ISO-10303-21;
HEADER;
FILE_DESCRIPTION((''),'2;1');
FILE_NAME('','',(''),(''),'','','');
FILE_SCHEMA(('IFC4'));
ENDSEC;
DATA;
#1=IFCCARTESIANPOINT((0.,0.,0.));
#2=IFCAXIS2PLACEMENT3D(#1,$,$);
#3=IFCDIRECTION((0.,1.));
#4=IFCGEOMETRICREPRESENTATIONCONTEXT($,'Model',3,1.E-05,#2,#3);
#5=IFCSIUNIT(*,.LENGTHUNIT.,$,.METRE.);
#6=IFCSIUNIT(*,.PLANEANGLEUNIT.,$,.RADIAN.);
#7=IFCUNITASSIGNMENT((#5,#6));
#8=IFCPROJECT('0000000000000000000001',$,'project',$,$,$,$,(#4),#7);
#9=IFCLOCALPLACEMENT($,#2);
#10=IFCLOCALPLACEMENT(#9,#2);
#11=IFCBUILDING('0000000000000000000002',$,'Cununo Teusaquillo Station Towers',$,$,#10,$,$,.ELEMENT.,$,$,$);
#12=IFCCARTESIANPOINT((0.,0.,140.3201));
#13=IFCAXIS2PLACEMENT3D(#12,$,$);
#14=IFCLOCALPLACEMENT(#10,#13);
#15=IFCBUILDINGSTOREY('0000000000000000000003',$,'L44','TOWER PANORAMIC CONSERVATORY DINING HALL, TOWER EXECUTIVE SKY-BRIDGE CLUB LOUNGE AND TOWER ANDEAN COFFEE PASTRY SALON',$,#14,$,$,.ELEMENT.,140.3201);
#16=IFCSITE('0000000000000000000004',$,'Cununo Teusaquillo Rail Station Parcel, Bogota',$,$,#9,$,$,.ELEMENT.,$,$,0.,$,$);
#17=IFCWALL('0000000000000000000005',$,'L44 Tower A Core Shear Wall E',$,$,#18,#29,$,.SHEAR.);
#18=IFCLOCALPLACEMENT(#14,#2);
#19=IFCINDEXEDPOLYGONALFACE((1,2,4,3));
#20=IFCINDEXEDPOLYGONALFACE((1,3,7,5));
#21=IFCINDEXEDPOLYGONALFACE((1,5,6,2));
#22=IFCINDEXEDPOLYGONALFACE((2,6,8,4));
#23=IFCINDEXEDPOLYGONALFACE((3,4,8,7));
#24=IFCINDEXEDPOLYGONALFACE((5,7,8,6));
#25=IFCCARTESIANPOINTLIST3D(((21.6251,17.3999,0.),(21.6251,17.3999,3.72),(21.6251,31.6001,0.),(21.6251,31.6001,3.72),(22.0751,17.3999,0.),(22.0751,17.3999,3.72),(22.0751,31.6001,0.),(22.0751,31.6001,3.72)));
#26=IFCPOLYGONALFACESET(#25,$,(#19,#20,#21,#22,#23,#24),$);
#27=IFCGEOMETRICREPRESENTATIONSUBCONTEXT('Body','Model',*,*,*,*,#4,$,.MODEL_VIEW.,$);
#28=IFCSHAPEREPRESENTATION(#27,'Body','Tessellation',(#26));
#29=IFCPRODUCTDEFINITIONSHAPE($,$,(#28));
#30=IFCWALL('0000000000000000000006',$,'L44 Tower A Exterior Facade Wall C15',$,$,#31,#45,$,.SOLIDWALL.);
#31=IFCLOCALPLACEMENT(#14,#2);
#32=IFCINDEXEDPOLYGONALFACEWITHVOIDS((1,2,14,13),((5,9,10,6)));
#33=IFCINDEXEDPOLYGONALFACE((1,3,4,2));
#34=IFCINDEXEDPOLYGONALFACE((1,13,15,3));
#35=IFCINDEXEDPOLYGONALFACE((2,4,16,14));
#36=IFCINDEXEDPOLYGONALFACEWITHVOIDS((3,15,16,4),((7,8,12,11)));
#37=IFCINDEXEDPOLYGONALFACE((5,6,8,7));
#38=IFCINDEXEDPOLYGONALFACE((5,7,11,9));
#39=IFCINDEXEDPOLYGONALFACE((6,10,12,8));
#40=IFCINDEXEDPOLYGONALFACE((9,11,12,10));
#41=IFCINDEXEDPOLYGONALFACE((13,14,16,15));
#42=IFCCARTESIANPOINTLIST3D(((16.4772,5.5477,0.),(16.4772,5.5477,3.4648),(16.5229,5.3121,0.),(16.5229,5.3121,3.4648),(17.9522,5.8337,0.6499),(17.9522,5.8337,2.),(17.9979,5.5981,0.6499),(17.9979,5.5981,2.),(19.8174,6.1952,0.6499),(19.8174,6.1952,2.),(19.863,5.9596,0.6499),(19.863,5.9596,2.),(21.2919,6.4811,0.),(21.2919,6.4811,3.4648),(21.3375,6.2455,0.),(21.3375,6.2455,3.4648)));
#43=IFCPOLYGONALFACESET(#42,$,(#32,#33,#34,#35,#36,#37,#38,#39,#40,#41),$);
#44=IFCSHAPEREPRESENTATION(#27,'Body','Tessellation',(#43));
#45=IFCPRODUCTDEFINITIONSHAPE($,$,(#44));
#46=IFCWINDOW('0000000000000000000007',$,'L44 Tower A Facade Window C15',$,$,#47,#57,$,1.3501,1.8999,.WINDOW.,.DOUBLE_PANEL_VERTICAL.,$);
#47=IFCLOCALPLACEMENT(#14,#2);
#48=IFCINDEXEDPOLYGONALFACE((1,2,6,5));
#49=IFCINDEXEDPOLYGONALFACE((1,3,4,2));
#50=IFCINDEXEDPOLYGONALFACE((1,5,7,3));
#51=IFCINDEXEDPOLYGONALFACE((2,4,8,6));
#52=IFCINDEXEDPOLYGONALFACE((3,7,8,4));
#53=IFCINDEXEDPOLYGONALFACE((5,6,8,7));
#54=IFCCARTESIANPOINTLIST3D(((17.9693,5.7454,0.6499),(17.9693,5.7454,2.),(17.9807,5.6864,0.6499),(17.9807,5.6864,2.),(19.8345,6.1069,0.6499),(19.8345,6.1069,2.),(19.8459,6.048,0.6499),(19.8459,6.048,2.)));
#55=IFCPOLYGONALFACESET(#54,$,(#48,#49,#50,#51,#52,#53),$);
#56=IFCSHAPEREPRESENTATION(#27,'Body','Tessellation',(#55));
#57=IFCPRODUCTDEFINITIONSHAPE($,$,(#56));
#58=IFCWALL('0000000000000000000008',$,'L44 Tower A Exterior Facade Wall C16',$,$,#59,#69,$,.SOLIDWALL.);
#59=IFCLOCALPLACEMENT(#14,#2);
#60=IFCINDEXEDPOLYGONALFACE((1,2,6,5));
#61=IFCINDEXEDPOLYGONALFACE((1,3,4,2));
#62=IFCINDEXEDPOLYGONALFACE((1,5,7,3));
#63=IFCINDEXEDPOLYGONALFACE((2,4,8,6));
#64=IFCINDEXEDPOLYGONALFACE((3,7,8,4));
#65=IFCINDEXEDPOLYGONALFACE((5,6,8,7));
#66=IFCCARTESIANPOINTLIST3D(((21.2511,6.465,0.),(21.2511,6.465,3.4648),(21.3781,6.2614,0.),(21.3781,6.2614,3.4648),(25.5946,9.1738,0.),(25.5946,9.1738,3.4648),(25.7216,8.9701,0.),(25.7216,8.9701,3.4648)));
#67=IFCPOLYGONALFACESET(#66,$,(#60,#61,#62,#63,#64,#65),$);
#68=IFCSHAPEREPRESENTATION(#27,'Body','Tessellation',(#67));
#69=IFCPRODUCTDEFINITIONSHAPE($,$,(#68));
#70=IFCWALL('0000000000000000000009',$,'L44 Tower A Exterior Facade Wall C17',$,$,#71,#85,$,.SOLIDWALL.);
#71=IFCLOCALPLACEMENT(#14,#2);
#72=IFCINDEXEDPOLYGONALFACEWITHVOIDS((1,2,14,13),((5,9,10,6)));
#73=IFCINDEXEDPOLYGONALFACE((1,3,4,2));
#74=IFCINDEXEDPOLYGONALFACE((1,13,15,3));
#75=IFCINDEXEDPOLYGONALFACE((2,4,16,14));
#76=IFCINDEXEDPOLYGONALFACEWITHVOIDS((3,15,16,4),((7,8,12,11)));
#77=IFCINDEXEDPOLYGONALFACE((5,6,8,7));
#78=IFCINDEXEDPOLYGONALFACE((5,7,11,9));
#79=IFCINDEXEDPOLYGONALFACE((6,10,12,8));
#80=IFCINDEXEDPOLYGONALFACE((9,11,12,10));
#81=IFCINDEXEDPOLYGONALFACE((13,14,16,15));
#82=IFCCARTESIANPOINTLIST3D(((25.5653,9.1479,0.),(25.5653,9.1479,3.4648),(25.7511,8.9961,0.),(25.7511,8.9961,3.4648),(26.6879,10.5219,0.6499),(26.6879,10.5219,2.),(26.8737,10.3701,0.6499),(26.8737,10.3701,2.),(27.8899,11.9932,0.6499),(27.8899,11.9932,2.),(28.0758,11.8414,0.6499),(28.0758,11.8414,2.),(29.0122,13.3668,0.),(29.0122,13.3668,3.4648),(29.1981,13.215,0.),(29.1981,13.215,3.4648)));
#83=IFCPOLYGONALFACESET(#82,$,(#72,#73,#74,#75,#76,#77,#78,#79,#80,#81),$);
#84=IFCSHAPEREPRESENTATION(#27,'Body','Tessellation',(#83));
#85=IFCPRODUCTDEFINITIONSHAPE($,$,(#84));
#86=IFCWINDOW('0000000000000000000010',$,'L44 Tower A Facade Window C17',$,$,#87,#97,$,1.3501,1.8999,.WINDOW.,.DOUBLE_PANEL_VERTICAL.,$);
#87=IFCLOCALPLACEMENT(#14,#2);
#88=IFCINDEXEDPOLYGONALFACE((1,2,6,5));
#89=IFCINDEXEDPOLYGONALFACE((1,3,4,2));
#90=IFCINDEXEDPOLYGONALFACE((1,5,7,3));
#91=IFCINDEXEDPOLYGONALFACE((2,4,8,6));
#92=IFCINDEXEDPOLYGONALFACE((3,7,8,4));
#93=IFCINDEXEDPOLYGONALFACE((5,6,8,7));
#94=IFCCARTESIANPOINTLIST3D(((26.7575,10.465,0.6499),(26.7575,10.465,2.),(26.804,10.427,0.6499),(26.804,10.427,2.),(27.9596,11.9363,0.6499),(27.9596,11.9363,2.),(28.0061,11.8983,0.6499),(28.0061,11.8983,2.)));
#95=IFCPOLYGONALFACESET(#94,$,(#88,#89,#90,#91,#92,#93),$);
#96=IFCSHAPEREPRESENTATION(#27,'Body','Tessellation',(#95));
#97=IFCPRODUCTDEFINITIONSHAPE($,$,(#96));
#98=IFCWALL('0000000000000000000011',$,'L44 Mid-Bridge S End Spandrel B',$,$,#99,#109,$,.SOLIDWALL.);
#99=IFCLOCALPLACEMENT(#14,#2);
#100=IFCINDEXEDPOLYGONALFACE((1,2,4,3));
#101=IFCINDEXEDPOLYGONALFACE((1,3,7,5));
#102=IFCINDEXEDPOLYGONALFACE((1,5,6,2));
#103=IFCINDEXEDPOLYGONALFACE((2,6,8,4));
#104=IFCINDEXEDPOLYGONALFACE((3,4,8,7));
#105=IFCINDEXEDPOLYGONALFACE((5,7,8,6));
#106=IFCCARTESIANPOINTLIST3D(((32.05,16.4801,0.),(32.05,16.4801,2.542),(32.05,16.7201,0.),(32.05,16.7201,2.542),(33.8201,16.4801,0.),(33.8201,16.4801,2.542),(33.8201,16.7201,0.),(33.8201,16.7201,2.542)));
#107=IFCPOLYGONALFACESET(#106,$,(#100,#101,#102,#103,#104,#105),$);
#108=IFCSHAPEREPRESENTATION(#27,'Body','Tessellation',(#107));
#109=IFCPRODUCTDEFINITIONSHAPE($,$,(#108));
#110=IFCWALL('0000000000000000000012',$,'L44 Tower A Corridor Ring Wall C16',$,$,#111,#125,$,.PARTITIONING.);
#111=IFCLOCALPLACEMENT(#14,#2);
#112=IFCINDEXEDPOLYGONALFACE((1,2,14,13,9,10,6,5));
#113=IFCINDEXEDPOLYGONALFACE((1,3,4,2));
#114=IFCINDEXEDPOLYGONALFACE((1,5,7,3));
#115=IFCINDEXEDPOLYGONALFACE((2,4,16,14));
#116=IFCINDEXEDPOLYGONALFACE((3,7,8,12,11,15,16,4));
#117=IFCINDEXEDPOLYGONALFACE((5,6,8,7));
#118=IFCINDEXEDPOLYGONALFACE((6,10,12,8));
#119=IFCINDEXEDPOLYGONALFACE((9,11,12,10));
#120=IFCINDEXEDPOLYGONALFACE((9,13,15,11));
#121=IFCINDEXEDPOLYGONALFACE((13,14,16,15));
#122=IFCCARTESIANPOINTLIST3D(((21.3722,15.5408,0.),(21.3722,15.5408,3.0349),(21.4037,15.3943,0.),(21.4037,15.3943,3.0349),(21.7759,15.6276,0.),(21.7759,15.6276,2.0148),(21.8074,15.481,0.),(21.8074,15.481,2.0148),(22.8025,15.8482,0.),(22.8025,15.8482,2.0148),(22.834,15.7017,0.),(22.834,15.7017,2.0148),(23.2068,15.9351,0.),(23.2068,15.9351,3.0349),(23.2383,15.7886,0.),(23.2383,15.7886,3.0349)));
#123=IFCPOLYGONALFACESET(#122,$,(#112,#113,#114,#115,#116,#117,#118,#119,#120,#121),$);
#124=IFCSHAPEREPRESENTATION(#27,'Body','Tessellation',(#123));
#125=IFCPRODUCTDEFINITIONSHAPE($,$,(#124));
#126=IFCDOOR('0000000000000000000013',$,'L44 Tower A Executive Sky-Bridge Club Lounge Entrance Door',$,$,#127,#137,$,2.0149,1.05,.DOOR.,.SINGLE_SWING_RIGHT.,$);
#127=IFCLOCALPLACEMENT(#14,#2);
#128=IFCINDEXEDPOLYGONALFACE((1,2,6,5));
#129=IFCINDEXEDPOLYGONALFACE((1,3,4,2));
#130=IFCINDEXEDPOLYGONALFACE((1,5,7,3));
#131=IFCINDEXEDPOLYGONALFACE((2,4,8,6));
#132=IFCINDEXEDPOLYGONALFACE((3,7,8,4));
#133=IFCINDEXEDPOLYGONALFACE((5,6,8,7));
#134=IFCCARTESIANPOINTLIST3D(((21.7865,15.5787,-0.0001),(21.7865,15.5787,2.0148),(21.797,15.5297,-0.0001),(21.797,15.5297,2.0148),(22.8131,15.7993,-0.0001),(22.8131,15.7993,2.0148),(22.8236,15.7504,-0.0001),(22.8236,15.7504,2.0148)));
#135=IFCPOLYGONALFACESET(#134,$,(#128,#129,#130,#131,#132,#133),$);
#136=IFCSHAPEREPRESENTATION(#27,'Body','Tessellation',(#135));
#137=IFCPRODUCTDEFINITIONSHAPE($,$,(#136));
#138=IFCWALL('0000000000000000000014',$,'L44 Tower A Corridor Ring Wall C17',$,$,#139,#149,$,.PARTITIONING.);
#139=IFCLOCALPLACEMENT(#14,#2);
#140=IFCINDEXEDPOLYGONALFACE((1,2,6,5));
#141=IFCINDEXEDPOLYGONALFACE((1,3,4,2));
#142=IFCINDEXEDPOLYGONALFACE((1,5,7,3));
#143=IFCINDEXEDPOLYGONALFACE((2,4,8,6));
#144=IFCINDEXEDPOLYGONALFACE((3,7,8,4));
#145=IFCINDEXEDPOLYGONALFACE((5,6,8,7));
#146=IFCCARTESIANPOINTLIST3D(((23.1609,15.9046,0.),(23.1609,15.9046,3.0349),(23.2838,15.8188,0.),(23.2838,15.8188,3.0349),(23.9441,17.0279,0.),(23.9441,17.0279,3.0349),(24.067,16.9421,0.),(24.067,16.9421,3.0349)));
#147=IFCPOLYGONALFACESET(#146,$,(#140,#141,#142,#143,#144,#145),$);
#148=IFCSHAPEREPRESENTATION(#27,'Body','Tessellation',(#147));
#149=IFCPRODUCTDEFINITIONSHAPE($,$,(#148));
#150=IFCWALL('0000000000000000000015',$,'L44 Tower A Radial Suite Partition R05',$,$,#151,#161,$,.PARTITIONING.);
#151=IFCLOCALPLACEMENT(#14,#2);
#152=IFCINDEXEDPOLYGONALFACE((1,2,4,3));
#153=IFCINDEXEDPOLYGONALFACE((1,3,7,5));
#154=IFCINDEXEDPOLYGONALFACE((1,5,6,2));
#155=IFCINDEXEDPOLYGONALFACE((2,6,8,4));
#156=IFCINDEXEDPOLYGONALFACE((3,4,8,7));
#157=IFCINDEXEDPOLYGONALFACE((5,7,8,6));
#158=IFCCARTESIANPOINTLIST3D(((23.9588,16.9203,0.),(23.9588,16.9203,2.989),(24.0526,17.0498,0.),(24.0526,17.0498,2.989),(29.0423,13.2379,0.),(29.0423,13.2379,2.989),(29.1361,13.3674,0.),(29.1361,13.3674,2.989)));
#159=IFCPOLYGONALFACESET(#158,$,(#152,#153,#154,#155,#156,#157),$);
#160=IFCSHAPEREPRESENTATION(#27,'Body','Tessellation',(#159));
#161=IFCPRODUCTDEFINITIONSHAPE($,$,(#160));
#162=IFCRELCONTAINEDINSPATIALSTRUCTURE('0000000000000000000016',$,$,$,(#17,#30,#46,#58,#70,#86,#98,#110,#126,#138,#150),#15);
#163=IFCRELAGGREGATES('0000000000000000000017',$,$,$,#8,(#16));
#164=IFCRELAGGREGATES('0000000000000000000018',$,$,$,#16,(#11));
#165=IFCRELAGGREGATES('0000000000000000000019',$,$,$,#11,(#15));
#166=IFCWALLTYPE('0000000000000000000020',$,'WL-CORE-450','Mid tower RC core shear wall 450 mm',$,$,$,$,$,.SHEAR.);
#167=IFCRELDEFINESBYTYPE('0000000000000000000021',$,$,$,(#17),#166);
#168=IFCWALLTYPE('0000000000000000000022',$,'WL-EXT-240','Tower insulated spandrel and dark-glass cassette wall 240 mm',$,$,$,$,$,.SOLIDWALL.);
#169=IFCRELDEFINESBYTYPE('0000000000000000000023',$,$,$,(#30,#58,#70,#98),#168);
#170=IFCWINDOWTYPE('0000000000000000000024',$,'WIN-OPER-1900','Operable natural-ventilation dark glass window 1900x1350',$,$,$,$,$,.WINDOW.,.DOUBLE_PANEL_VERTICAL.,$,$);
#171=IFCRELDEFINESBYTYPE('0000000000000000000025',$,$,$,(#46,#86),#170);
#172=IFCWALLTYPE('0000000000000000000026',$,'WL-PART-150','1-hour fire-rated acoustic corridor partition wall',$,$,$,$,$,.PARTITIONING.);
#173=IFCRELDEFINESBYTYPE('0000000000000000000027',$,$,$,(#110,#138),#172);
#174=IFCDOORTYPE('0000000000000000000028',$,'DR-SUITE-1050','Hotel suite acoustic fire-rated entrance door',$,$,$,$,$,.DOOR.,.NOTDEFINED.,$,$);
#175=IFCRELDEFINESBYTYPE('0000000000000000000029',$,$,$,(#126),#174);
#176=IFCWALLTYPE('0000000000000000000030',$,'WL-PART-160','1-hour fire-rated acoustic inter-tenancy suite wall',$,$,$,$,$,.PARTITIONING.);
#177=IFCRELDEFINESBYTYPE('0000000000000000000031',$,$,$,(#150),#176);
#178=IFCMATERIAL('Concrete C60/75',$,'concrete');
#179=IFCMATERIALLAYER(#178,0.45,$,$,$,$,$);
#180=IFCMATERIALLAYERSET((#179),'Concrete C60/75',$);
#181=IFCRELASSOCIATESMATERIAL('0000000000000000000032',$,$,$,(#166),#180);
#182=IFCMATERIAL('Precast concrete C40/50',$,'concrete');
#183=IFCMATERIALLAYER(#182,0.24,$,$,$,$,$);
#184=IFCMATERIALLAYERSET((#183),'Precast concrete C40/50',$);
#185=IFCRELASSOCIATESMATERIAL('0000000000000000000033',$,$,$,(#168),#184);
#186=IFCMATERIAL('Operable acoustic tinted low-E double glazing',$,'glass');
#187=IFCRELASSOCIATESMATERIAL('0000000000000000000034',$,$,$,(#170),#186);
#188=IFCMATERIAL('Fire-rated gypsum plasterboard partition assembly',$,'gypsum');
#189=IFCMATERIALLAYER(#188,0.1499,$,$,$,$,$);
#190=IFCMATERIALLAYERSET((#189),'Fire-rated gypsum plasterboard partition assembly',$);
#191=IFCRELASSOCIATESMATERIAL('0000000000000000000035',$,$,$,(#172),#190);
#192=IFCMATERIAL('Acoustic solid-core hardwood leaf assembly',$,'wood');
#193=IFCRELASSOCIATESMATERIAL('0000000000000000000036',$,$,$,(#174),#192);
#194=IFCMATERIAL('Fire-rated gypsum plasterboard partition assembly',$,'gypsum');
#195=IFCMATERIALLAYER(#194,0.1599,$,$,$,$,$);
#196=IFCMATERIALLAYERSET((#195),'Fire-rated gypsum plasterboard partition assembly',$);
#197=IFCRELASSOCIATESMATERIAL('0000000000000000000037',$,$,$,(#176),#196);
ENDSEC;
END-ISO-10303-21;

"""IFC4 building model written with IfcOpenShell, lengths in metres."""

from ifc_helpers import new_model, si_unit, direction, frame, frame_2d, origin, place, context, subcontext, project, spatial, rectangle, extrude, source, transform, mapped, material, layer, layer_set, type_object, element, fill, save


model = new_model("IFC4")

# Units and contexts
model_context = context("Model", 3, precision=1e-05, world=origin(), true_north=direction((0.0, 1.0)))
body_context = subcontext(model_context, "Body", "Model", "MODEL_VIEW")
ifc_project = project(units=[si_unit("LENGTHUNIT", "METRE"), si_unit("PLANEANGLEUNIT", "RADIAN")], contexts=[model_context])

# Site, building, storey
site_placement = place(None, origin())
site = spatial("IfcSite", under=ifc_project, at=site_placement, Name="Cununo Teusaquillo Rail Station Parcel, Bogota", CompositionType="ELEMENT", RefElevation=0.0)
building_placement = place(site_placement, origin())
building = spatial("IfcBuilding", under=site, at=building_placement, Name="Cununo Teusaquillo Station Towers", CompositionType="ELEMENT")
storey_placement = place(building_placement, frame((0.0, 0.0, 140.3201)))
storey = spatial("IfcBuildingStorey", under=building, at=storey_placement, Name="L44", Description="TOWER PANORAMIC CONSERVATORY DINING HALL, TOWER EXECUTIVE SKY-BRIDGE CLUB LOUNGE AND TOWER ANDEAN COFFEE PASTRY SALON", CompositionType="ELEMENT", Elevation=140.3201)

# Wall
ifc_material_1 = material(Name="Concrete C60/75", Category="concrete")
ifc_layer_1 = layer(ifc_material_1, 0.45)
ifc_layer_set_1 = layer_set([ifc_layer_1], Name="Concrete C60/75")
wall_type_1 = type_object("IfcWallType", Name="WL-CORE-450", Description="Mid tower RC core shear wall 450 mm", PredefinedType="SHEAR", material=ifc_layer_set_1)
wall_1_placement = place(storey_placement, frame((21.8501, 17.3999, 0.0), z_axis=(0.0, 0.0, 1.0), x_axis=(0.0, 1.0, 0.0)))
element("IfcWall", 1, at=wall_1_placement, inside=storey, type_object=wall_type_1, Name="L44 Tower A Core Shear Wall E", PredefinedType="SHEAR", context=body_context, shape_type="SweptSolid", body=[
    extrude(rectangle(XDim=14.2002, YDim=0.45, at=frame_2d((7.1001, 0.0))), origin(), (0.0, 0.0, 1.0), 3.72),
])

# Wall, opening, window
ifc_material_2 = material(Name="Precast concrete C40/50", Category="concrete")
ifc_layer_2 = layer(ifc_material_2, 0.24)
ifc_layer_set_2 = layer_set([ifc_layer_2], Name="Precast concrete C40/50")
wall_type_2 = type_object("IfcWallType", Name="WL-EXT-240", Description="Tower insulated spandrel and dark-glass cassette wall 240 mm", PredefinedType="SOLIDWALL", material=ifc_layer_set_2)
wall_2_placement = place(storey_placement, frame((21.3147, 6.3633, 0.0), z_axis=(0.0, 0.0, 1.0), x_axis=(-0.981724, -0.190311, 0.0)))
wall_2 = element("IfcWall", 2, at=wall_2_placement, inside=storey, type_object=wall_type_2, Name="L44 Tower A Exterior Facade Wall C15", PredefinedType="SOLIDWALL", context=body_context, shape_type="SweptSolid", body=[
    extrude(rectangle(XDim=4.9043, YDim=0.24, at=frame_2d((2.4521, 0.0))), origin(), (0.0, 0.0, 1.0), 3.4648),
])
shared_shape_1 = source(origin(), body_context, "Body", "SweptSolid", [
    extrude(rectangle(XDim=1.8999, YDim=1.3501, at=frame_2d((0.95, 0.675))), frame((0.0, 0.1299, 0.0), z_axis=(0.0, -1.0, 0.0), x_axis=(1.0, 0.0, 0.0)), (0.0, 0.0, 1.0), 0.26),
])
opening_1_placement = place(wall_2_placement, frame((1.502, 0.0, 0.6499)))
opening_1 = element("IfcOpeningElement", 3, at=opening_1_placement, cuts=wall_2, PredefinedType="OPENING", context=body_context, shape_type="MappedRepresentation", body=[
    mapped(shared_shape_1, transform((0.0, 0.0, 0.0), x_axis=(1.0, 0.0, 0.0), y_axis=(0.0, 1.0, 0.0), z_axis=(0.0, 0.0, 1.0), scale=1.0)),
])
ifc_material_3 = material(Name="Operable acoustic tinted low-E double glazing", Category="glass")
window_type = type_object("IfcWindowType", Name="WIN-OPER-1900", Description="Operable natural-ventilation dark glass window 1900x1350", PartitioningType="DOUBLE_PANEL_VERTICAL", PredefinedType="WINDOW", material=ifc_material_3)
shared_shape_2 = source(origin(), body_context, "Body", "SweptSolid", [
    extrude(rectangle(XDim=1.8999, YDim=1.3501, at=frame_2d((0.95, 0.675))), frame((0.0, 0.03, 0.0), z_axis=(0.0, -1.0, 0.0), x_axis=(1.0, 0.0, 0.0)), (0.0, 0.0, 1.0), 0.0601),
])
window_1_placement = place(opening_1_placement, origin())
window_1 = element("IfcWindow", 4, at=window_1_placement, inside=storey, type_object=window_type, Name="L44 Tower A Facade Window C15", OverallHeight=1.3501, OverallWidth=1.8999, PartitioningType="DOUBLE_PANEL_VERTICAL", PredefinedType="WINDOW", context=body_context, shape_type="MappedRepresentation", body=[
    mapped(shared_shape_2, transform((0.0, 0.0, 0.0), x_axis=(1.0, 0.0, 0.0), y_axis=(0.0, 1.0, 0.0), z_axis=(0.0, 0.0, 1.0), scale=1.0)),
])
fill(opening_1, window_1)

# Wall
wall_3_placement = place(storey_placement, frame((25.6582, 9.072, 0.0), z_axis=(0.0, 0.0, 1.0), x_axis=(-0.84852, -0.529163, 0.0)))
element("IfcWall", 5, at=wall_3_placement, inside=storey, type_object=wall_type_2, Name="L44 Tower A Exterior Facade Wall C16", PredefinedType="SOLIDWALL", context=body_context, shape_type="SweptSolid", body=[
    extrude(rectangle(XDim=5.1189, YDim=0.24, at=frame_2d((2.5596, 0.0))), origin(), (0.0, 0.0, 1.0), 3.4648),
])

# Wall, opening, window
wall_4_placement = place(storey_placement, frame((29.1052, 13.291, 0.0), z_axis=(0.0, 0.0, 1.0), x_axis=(-0.632701, -0.774396, 0.0)))
wall_4 = element("IfcWall", 6, at=wall_4_placement, inside=storey, type_object=wall_type_2, Name="L44 Tower A Exterior Facade Wall C17", PredefinedType="SOLIDWALL", context=body_context, shape_type="SweptSolid", body=[
    extrude(rectangle(XDim=5.448, YDim=0.24, at=frame_2d((2.7241, 0.0))), origin(), (0.0, 0.0, 1.0), 3.4648),
])
opening_2_placement = place(wall_4_placement, frame((1.7739, 0.0, 0.6499)))
opening_2 = element("IfcOpeningElement", 7, at=opening_2_placement, cuts=wall_4, PredefinedType="OPENING", context=body_context, shape_type="MappedRepresentation", body=[
    mapped(shared_shape_1, transform((0.0, 0.0, 0.0), x_axis=(1.0, 0.0, 0.0), y_axis=(0.0, 1.0, 0.0), z_axis=(0.0, 0.0, 1.0), scale=1.0)),
])
window_2_placement = place(opening_2_placement, origin())
window_2 = element("IfcWindow", 8, at=window_2_placement, inside=storey, type_object=window_type, Name="L44 Tower A Facade Window C17", OverallHeight=1.3501, OverallWidth=1.8999, PartitioningType="DOUBLE_PANEL_VERTICAL", PredefinedType="WINDOW", context=body_context, shape_type="MappedRepresentation", body=[
    mapped(shared_shape_2, transform((0.0, 0.0, 0.0), x_axis=(1.0, 0.0, 0.0), y_axis=(0.0, 1.0, 0.0), z_axis=(0.0, 0.0, 1.0), scale=1.0)),
])
fill(opening_2, window_2)

# Wall
wall_5_placement = place(storey_placement, frame((33.8201, 16.6001, 0.0), z_axis=(0.0, 0.0, 1.0), x_axis=(-1.0, 0.0, 0.0)))
element("IfcWall", 9, at=wall_5_placement, inside=storey, type_object=wall_type_2, Name="L44 Mid-Bridge S End Spandrel B", PredefinedType="SOLIDWALL", context=body_context, shape_type="SweptSolid", body=[
    extrude(rectangle(XDim=1.77, YDim=0.24, at=frame_2d((0.885, 0.0))), origin(), (0.0, 0.0, 1.0), 2.542),
])

# Wall, opening, door
ifc_material_4 = material(Name="Fire-rated gypsum plasterboard partition assembly", Category="gypsum")
ifc_layer_3 = layer(ifc_material_4, 0.1499)
ifc_layer_set_3 = layer_set([ifc_layer_3], Name="Fire-rated gypsum plasterboard partition assembly")
wall_type_3 = type_object("IfcWallType", Name="WL-PART-150", Description="1-hour fire-rated acoustic corridor partition wall", PredefinedType="PARTITIONING", material=ifc_layer_set_3)
wall_6_placement = place(storey_placement, frame((21.3879, 15.4675, 0.0), z_axis=(0.0, 0.0, 1.0), x_axis=(0.977673, 0.210133, 0.0)))
wall_6 = element("IfcWall", 10, at=wall_6_placement, inside=storey, type_object=wall_type_3, Name="L44 Tower A Corridor Ring Wall C16", PredefinedType="PARTITIONING", context=body_context, shape_type="SweptSolid", body=[
    extrude(rectangle(XDim=1.8765, YDim=0.1499, at=frame_2d((0.9382, 0.0))), origin(), (0.0, 0.0, 1.0), 3.0349),
])
shared_shape_3 = source(origin(), body_context, "Body", "SweptSolid", [
    extrude(rectangle(XDim=1.05, YDim=2.0149, at=frame_2d((0.5249, 1.0073))), frame((0.0, 0.085, 0.0), z_axis=(0.0, -1.0, 0.0), x_axis=(1.0, 0.0, 0.0)), (0.0, 0.0, 1.0), 0.1699),
])
opening_3_placement = place(wall_6_placement, frame((0.4131, 0.0, 0.0)))
opening_3 = element("IfcOpeningElement", 11, at=opening_3_placement, cuts=wall_6, PredefinedType="OPENING", context=body_context, shape_type="MappedRepresentation", body=[
    mapped(shared_shape_3, transform((0.0, 0.0, 0.0), x_axis=(1.0, 0.0, 0.0), y_axis=(0.0, 1.0, 0.0), z_axis=(0.0, 0.0, 1.0), scale=1.0)),
])
ifc_material_5 = material(Name="Acoustic solid-core hardwood leaf assembly", Category="wood")
door_type = type_object("IfcDoorType", Name="DR-SUITE-1050", Description="Hotel suite acoustic fire-rated entrance door", OperationType="NOTDEFINED", PredefinedType="DOOR", material=ifc_material_5)
shared_shape_4 = source(origin(), body_context, "Body", "SweptSolid", [
    extrude(rectangle(XDim=1.05, YDim=2.0149, at=frame_2d((0.5249, 1.0073))), frame((0.0, 0.0249, 0.0), z_axis=(0.0, -1.0, 0.0), x_axis=(1.0, 0.0, 0.0)), (0.0, 0.0, 1.0), 0.05),
])
door_placement = place(opening_3_placement, origin())
door = element("IfcDoor", 12, at=door_placement, inside=storey, type_object=door_type, Name="L44 Tower A Executive Sky-Bridge Club Lounge Entrance Door", OperationType="SINGLE_SWING_RIGHT", OverallHeight=2.0149, OverallWidth=1.05, PredefinedType="DOOR", context=body_context, shape_type="MappedRepresentation", body=[
    mapped(shared_shape_4, transform((0.0, 0.0, 0.0), x_axis=(1.0, 0.0, 0.0), y_axis=(0.0, 1.0, 0.0), z_axis=(0.0, 0.0, 1.0), scale=1.0)),
])
fill(opening_3, door)

# Walls
wall_7_placement = place(storey_placement, frame((23.2224, 15.8618, 0.0), z_axis=(0.0, 0.0, 1.0), x_axis=(0.571942, 0.820294, 0.0)))
element("IfcWall", 13, at=wall_7_placement, inside=storey, type_object=wall_type_3, Name="L44 Tower A Corridor Ring Wall C17", PredefinedType="PARTITIONING", context=body_context, shape_type="SweptSolid", body=[
    extrude(rectangle(XDim=1.3694, YDim=0.1499, at=frame_2d((0.6846, 0.0))), origin(), (0.0, 0.0, 1.0), 3.0349),
])
ifc_material_6 = material(Name="Fire-rated gypsum plasterboard partition assembly", Category="gypsum")
ifc_layer_4 = layer(ifc_material_6, 0.1599)
ifc_layer_set_4 = layer_set([ifc_layer_4], Name="Fire-rated gypsum plasterboard partition assembly")
wall_type_4 = type_object("IfcWallType", Name="WL-PART-160", Description="1-hour fire-rated acoustic inter-tenancy suite wall", PredefinedType="PARTITIONING", material=ifc_layer_set_4)
wall_8_placement = place(storey_placement, frame((24.0056, 16.9851, 0.0), z_axis=(0.0, 0.0, 1.0), x_axis=(0.80985, -0.586637, 0.0)))
element("IfcWall", 14, at=wall_8_placement, inside=storey, type_object=wall_type_4, Name="L44 Tower A Radial Suite Partition R05", PredefinedType="PARTITIONING", context=body_context, shape_type="SweptSolid", body=[
    extrude(rectangle(XDim=6.2771, YDim=0.1599, at=frame_2d((3.1387, 0.0))), origin(), (0.0, 0.0, 1.0), 2.989),
])

save(model, "model.ifc")
